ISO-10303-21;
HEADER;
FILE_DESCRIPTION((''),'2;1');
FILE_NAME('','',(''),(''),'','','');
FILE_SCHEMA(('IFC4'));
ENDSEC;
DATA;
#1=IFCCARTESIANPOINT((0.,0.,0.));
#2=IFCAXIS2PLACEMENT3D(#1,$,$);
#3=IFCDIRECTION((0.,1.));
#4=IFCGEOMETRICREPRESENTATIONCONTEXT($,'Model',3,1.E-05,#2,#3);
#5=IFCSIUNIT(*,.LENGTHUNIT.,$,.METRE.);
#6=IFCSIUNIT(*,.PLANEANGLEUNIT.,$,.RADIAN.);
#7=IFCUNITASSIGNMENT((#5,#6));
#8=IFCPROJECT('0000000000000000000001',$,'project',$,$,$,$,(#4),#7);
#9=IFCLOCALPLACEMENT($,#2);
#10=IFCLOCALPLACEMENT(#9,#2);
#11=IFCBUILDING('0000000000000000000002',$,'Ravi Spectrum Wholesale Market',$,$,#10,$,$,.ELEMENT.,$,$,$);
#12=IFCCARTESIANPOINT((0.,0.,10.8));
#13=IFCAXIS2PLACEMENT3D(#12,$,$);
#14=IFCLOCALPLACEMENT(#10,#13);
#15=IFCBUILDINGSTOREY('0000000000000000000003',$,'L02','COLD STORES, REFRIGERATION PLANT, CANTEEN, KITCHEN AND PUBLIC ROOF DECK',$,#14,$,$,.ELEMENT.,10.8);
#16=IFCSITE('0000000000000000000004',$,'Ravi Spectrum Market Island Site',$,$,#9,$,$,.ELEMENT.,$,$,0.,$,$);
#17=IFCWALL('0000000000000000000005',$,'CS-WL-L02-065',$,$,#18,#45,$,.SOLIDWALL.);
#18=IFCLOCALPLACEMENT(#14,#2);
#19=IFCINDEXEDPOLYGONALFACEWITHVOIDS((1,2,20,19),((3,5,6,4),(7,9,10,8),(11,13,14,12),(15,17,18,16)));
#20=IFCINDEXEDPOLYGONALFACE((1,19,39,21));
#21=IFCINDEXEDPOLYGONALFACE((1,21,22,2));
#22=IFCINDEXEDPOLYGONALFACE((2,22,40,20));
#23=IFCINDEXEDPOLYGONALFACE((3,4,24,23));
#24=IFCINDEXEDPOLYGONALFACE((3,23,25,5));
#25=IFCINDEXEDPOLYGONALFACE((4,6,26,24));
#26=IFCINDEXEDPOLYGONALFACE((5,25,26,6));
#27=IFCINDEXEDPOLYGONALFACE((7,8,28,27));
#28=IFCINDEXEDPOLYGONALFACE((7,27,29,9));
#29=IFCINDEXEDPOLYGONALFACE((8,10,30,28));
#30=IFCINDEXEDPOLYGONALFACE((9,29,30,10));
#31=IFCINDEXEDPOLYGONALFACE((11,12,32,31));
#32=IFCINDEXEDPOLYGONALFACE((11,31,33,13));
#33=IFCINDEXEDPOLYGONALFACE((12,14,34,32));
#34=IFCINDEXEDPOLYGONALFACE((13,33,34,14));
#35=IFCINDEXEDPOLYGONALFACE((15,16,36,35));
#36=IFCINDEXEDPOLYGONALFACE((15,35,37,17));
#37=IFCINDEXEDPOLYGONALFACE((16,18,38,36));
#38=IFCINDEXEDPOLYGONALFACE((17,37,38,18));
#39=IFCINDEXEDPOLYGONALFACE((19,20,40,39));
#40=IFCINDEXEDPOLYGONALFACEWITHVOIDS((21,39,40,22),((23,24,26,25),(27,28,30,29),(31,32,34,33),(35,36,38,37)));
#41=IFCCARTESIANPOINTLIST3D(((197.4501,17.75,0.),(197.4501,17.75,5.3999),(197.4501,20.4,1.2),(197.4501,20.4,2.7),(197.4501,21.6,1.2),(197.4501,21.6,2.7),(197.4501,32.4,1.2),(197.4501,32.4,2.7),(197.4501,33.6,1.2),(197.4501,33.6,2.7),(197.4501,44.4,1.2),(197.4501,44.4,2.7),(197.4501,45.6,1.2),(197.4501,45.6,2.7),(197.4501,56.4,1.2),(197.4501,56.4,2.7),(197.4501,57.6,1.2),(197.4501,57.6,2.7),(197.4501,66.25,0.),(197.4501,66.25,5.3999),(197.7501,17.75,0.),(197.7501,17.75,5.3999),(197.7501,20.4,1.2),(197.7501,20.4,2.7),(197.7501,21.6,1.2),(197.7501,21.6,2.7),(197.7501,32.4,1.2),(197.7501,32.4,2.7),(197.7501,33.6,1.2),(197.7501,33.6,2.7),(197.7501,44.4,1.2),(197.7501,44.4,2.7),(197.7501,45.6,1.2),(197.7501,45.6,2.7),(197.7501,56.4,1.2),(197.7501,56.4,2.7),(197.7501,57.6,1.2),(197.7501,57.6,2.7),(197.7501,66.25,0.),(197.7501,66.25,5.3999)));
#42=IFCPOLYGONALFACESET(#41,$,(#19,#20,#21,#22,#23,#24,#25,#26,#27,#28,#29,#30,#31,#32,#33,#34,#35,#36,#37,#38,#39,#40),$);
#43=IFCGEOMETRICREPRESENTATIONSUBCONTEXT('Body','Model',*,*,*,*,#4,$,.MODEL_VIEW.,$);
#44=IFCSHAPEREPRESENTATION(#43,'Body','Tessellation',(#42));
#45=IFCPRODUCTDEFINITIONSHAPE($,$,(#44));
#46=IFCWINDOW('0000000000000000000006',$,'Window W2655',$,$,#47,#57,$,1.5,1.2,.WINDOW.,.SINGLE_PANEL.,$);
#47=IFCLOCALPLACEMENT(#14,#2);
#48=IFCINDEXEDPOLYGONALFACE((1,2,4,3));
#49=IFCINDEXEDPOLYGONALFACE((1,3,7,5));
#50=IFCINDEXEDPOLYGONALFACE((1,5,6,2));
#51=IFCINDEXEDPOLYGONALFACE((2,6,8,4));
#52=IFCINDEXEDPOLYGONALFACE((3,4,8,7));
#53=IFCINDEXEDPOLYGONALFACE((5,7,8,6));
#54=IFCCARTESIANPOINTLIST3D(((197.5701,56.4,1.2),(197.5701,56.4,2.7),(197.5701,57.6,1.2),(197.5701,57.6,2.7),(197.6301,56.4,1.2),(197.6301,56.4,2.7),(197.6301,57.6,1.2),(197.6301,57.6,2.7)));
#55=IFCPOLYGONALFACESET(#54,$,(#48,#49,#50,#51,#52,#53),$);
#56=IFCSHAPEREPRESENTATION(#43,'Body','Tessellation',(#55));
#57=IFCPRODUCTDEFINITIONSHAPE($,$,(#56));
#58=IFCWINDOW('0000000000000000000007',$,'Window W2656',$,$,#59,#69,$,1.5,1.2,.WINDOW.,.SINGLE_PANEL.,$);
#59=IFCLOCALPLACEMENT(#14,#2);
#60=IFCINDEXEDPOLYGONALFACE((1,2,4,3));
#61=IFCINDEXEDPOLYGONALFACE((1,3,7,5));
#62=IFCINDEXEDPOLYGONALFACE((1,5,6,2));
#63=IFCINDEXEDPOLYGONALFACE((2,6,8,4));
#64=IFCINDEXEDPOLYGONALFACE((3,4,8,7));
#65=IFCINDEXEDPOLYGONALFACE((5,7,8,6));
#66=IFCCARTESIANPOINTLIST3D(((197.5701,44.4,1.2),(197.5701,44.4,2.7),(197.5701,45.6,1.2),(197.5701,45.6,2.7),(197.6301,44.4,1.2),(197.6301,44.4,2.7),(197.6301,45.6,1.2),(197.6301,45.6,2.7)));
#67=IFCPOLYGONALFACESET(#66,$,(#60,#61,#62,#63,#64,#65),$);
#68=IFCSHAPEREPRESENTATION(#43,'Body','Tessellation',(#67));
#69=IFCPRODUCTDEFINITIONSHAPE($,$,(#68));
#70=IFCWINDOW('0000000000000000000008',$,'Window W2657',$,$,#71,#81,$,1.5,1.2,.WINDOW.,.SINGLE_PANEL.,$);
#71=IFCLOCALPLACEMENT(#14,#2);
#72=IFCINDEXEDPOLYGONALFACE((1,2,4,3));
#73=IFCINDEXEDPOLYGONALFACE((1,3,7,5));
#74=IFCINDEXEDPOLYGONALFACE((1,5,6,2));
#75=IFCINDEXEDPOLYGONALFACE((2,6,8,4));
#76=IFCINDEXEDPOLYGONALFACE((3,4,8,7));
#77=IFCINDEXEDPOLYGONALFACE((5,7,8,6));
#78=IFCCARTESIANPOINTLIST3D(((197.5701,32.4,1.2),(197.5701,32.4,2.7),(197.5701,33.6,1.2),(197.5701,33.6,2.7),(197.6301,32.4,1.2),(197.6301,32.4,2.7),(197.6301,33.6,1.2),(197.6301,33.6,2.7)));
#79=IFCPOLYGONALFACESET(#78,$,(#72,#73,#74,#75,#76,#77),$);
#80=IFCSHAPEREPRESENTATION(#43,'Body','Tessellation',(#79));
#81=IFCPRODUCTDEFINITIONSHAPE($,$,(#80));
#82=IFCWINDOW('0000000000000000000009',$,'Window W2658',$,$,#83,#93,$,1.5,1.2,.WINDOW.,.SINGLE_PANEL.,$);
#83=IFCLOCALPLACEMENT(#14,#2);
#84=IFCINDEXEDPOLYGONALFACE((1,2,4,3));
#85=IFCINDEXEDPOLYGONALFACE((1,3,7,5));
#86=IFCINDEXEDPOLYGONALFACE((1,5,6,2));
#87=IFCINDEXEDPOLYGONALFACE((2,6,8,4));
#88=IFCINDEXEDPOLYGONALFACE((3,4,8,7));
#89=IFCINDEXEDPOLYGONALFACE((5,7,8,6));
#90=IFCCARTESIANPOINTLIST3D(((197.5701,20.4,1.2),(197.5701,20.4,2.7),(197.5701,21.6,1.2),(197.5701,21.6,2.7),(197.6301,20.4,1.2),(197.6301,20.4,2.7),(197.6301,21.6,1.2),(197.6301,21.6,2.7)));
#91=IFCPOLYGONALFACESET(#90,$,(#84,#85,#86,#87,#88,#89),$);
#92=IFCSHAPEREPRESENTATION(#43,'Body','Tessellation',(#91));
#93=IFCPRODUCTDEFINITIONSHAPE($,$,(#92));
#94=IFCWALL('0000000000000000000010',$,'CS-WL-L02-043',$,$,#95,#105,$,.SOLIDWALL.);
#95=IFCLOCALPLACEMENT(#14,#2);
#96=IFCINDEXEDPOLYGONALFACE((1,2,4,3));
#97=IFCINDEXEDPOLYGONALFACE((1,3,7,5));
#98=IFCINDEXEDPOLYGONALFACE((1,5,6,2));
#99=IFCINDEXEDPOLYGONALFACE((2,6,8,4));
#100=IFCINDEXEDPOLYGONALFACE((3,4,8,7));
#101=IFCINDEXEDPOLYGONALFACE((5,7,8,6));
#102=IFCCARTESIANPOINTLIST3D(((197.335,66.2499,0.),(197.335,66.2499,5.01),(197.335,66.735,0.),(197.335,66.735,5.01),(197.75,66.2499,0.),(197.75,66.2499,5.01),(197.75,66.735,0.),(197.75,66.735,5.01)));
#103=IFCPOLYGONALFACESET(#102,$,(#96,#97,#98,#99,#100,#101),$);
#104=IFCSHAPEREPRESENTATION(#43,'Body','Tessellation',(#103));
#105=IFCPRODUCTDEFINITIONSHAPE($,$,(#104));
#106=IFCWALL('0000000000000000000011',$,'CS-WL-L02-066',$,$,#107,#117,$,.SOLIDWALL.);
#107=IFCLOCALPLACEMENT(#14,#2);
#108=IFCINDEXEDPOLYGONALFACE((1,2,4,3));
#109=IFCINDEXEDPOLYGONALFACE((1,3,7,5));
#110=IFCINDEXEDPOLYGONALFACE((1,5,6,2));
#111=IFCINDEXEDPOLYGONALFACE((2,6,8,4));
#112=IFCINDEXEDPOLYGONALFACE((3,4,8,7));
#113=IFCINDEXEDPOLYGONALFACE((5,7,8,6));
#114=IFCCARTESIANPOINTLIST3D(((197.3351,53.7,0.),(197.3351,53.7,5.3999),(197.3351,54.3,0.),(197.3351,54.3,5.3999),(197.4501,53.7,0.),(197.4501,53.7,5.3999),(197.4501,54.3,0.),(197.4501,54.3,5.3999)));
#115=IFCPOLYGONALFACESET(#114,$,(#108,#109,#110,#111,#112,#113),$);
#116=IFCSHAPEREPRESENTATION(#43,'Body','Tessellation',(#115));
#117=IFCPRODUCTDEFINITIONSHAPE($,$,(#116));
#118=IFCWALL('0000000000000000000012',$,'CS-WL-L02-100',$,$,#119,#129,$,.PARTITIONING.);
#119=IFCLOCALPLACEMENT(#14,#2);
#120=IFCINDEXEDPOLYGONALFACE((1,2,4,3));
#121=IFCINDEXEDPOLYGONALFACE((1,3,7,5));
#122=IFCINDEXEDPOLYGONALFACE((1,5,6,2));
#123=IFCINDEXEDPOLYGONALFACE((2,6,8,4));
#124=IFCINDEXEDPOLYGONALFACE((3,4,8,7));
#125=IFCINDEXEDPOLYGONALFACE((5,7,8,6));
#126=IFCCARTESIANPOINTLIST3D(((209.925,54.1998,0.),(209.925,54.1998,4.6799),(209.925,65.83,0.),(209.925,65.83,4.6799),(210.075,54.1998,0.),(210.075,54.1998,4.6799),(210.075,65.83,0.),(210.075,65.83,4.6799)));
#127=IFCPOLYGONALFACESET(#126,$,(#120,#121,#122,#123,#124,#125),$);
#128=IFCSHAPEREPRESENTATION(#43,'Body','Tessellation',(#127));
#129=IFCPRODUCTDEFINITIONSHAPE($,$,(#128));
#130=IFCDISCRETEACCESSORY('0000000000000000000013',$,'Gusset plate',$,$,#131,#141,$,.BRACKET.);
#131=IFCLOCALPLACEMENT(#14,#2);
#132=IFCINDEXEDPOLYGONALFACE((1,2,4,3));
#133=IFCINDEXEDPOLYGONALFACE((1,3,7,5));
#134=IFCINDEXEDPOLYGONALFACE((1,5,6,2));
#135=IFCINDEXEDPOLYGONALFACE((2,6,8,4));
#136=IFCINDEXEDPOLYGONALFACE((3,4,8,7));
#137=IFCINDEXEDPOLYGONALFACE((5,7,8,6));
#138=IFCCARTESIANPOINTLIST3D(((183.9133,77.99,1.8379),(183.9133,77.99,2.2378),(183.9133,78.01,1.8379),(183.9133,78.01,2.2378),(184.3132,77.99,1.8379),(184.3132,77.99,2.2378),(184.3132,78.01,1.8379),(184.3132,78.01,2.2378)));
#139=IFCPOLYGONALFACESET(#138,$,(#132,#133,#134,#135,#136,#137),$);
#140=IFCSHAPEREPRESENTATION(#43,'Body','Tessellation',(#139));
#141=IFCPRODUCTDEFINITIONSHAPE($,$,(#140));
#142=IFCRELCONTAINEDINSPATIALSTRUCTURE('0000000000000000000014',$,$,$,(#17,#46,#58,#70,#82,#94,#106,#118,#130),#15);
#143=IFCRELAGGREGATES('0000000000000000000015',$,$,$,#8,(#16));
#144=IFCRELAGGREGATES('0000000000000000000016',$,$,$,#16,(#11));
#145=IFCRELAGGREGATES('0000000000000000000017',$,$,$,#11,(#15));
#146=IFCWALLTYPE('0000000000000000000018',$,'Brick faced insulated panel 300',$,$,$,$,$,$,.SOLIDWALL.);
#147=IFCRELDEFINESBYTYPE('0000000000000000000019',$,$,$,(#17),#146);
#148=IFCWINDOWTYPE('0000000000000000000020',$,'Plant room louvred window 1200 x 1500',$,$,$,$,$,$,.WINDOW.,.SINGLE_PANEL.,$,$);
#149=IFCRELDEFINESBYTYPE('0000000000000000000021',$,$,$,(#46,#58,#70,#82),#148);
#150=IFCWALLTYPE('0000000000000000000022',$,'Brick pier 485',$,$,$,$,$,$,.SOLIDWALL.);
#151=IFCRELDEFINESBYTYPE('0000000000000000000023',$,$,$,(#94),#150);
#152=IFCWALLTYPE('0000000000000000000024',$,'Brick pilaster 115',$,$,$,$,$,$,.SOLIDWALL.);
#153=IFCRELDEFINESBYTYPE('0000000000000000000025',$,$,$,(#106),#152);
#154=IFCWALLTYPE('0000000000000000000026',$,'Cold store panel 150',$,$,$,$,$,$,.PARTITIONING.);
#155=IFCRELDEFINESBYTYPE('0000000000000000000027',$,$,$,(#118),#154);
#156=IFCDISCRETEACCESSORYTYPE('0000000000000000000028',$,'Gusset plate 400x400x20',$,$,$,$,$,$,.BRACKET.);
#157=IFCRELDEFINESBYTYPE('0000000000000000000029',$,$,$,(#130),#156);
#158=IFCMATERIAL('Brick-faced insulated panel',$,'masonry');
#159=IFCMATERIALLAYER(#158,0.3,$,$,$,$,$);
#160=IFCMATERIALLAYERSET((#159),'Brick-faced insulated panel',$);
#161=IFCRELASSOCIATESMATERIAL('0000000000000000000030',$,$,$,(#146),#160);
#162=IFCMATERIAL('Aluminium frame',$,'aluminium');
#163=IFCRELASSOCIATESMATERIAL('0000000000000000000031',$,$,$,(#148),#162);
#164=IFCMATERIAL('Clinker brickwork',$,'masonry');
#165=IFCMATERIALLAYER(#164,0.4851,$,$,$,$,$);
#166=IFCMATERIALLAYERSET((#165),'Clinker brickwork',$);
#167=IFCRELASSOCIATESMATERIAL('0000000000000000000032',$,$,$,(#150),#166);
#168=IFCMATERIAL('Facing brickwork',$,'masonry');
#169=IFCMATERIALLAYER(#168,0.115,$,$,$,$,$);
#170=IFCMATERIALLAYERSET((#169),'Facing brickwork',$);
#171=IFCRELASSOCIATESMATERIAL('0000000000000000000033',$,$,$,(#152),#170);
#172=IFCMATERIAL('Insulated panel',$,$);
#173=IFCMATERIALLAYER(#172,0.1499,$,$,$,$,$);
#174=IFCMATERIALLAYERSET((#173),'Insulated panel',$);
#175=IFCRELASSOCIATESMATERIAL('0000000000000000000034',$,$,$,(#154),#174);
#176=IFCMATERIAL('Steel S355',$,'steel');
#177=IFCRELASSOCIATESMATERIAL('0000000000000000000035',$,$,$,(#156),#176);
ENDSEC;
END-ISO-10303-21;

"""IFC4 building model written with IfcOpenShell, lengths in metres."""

from ifc_helpers import new_model, si_unit, direction, frame, frame_2d, origin, origin_2d, place, context, subcontext, project, spatial, rectangle, extrude, material, layer, layer_set, material_profile, profile_set, type_object, element, fill, save


model = new_model("IFC4")

# Units and contexts
model_context = context("Model", 3, precision=1e-05, world=origin(), true_north=direction((0.0, 1.0)))
body_context = subcontext(model_context, "Body", "Model", "MODEL_VIEW")
ifc_project = project(units=[si_unit("LENGTHUNIT", "METRE"), si_unit("PLANEANGLEUNIT", "RADIAN")], contexts=[model_context])

# Site, building, storey
site_placement = place(None, origin())
site = spatial("IfcSite", under=ifc_project, at=site_placement, Name="Ravi Spectrum Market Island Site", CompositionType="ELEMENT", RefElevation=0.0)
building_placement = place(site_placement, origin())
building = spatial("IfcBuilding", under=site, at=building_placement, Name="Ravi Spectrum Wholesale Market", CompositionType="ELEMENT")
storey_placement = place(building_placement, frame((0.0, 0.0, 10.8)))
storey = spatial("IfcBuildingStorey", under=building, at=storey_placement, Name="L02", Description="COLD STORES, REFRIGERATION PLANT, CANTEEN, KITCHEN AND PUBLIC ROOF DECK", CompositionType="ELEMENT", Elevation=10.8)

# Wall, openings, windows
ifc_material_1 = material(Name="Brick-faced insulated panel", Category="masonry")
ifc_layer_1 = layer(ifc_material_1, 0.3)
ifc_layer_set_1 = layer_set([ifc_layer_1], Name="Brick-faced insulated panel")
wall_type_1 = type_object("IfcWallType", Name="Brick faced insulated panel 300", PredefinedType="SOLIDWALL", material=ifc_layer_set_1)
wall_1_placement = place(storey_placement, frame((197.6001, 66.25, 0.0), z_axis=(0.0, 0.0, 1.0), x_axis=(0.0, -1.0, 0.0)))
wall_1 = element("IfcWall", 1, at=wall_1_placement, inside=storey, type_object=wall_type_1, Name="CS-WL-L02-065", PredefinedType="SOLIDWALL", context=body_context, shape_type="SweptSolid", body=[
    extrude(rectangle(XDim=48.5, YDim=0.3, at=frame_2d((24.25, 0.0))), origin(), (0.0, 0.0, 1.0), 5.3999),
])
opening_1_placement = place(wall_1_placement, frame((8.6499, 0.0, 1.2)))
opening_1 = element("IfcOpeningElement", 2, at=opening_1_placement, cuts=wall_1, PredefinedType="OPENING", context=body_context, shape_type="SweptSolid", body=[
    extrude(rectangle(XDim=1.2, YDim=1.5, at=frame_2d((0.6001, 0.75))), frame((0.0, 0.1599, 0.0), z_axis=(0.0, -1.0, 0.0), x_axis=(1.0, 0.0, 0.0)), (0.0, 0.0, 1.0), 0.3201),
])
opening_2_placement = place(wall_1_placement, frame((20.6499, 0.0, 1.2)))
opening_2 = element("IfcOpeningElement", 3, at=opening_2_placement, cuts=wall_1, PredefinedType="OPENING", context=body_context, shape_type="SweptSolid", body=[
    extrude(rectangle(XDim=1.2, YDim=1.5, at=frame_2d((0.6001, 0.75))), frame((0.0, 0.1599, 0.0), z_axis=(0.0, -1.0, 0.0), x_axis=(1.0, 0.0, 0.0)), (0.0, 0.0, 1.0), 0.3201),
])
opening_3_placement = place(wall_1_placement, frame((32.6499, 0.0, 1.2)))
opening_3 = element("IfcOpeningElement", 4, at=opening_3_placement, cuts=wall_1, PredefinedType="OPENING", context=body_context, shape_type="SweptSolid", body=[
    extrude(rectangle(XDim=1.2, YDim=1.5, at=frame_2d((0.6001, 0.75))), frame((0.0, 0.1599, 0.0), z_axis=(0.0, -1.0, 0.0), x_axis=(1.0, 0.0, 0.0)), (0.0, 0.0, 1.0), 0.3201),
])
opening_4_placement = place(wall_1_placement, frame((44.6499, 0.0, 1.2)))
opening_4 = element("IfcOpeningElement", 5, at=opening_4_placement, cuts=wall_1, PredefinedType="OPENING", context=body_context, shape_type="SweptSolid", body=[
    extrude(rectangle(XDim=1.2, YDim=1.5, at=frame_2d((0.6001, 0.75))), frame((0.0, 0.1599, 0.0), z_axis=(0.0, -1.0, 0.0), x_axis=(1.0, 0.0, 0.0)), (0.0, 0.0, 1.0), 0.3201),
])
ifc_material_2 = material(Name="Aluminium frame", Category="aluminium")
window_type = type_object("IfcWindowType", Name="Plant room louvred window 1200 x 1500", PartitioningType="SINGLE_PANEL", PredefinedType="WINDOW", material=ifc_material_2)
window_1_placement = place(opening_1_placement, origin())
window_1 = element("IfcWindow", 6, at=window_1_placement, inside=storey, type_object=window_type, Name="Window W2655", OverallHeight=1.5, OverallWidth=1.2, PartitioningType="SINGLE_PANEL", PredefinedType="WINDOW", context=body_context, shape_type="SweptSolid", body=[
    extrude(rectangle(XDim=1.2, YDim=1.5, at=frame_2d((0.6001, 0.75))), frame((0.0, 0.03, 0.0), z_axis=(0.0, -1.0, 0.0), x_axis=(1.0, 0.0, 0.0)), (0.0, 0.0, 1.0), 0.0601),
])
fill(opening_1, window_1)
window_2_placement = place(opening_2_placement, origin())
window_2 = element("IfcWindow", 7, at=window_2_placement, inside=storey, type_object=window_type, Name="Window W2656", OverallHeight=1.5, OverallWidth=1.2, PartitioningType="SINGLE_PANEL", PredefinedType="WINDOW", context=body_context, shape_type="SweptSolid", body=[
    extrude(rectangle(XDim=1.2, YDim=1.5, at=frame_2d((0.6001, 0.75))), frame((0.0, 0.03, 0.0), z_axis=(0.0, -1.0, 0.0), x_axis=(1.0, 0.0, 0.0)), (0.0, 0.0, 1.0), 0.0601),
])
fill(opening_2, window_2)
window_3_placement = place(opening_3_placement, origin())
window_3 = element("IfcWindow", 8, at=window_3_placement, inside=storey, type_object=window_type, Name="Window W2657", OverallHeight=1.5, OverallWidth=1.2, PartitioningType="SINGLE_PANEL", PredefinedType="WINDOW", context=body_context, shape_type="SweptSolid", body=[
    extrude(rectangle(XDim=1.2, YDim=1.5, at=frame_2d((0.6001, 0.75))), frame((0.0, 0.03, 0.0), z_axis=(0.0, -1.0, 0.0), x_axis=(1.0, 0.0, 0.0)), (0.0, 0.0, 1.0), 0.0601),
])
fill(opening_3, window_3)
window_4_placement = place(opening_4_placement, origin())
window_4 = element("IfcWindow", 9, at=window_4_placement, inside=storey, type_object=window_type, Name="Window W2658", OverallHeight=1.5, OverallWidth=1.2, PartitioningType="SINGLE_PANEL", PredefinedType="WINDOW", context=body_context, shape_type="SweptSolid", body=[
    extrude(rectangle(XDim=1.2, YDim=1.5, at=frame_2d((0.6001, 0.75))), frame((0.0, 0.03, 0.0), z_axis=(0.0, -1.0, 0.0), x_axis=(1.0, 0.0, 0.0)), (0.0, 0.0, 1.0), 0.0601),
])
fill(opening_4, window_4)

# Walls
ifc_material_3 = material(Name="Clinker brickwork", Category="masonry")
ifc_layer_2 = layer(ifc_material_3, 0.4851)
ifc_layer_set_2 = layer_set([ifc_layer_2], Name="Clinker brickwork")
wall_type_2 = type_object("IfcWallType", Name="Brick pier 485", PredefinedType="SOLIDWALL", material=ifc_layer_set_2)
wall_2_placement = place(storey_placement, frame((197.75, 66.4924, 0.0), z_axis=(0.0, 0.0, 1.0), x_axis=(-1.0, 0.0, 0.0)))
element("IfcWall", 10, at=wall_2_placement, inside=storey, type_object=wall_type_2, Name="CS-WL-L02-043", PredefinedType="SOLIDWALL", context=body_context, shape_type="SweptSolid", body=[
    extrude(rectangle(XDim=0.415, YDim=0.4851, at=frame_2d((0.2075, 0.0))), origin(), (0.0, 0.0, 1.0), 5.01),
])
ifc_material_4 = material(Name="Facing brickwork", Category="masonry")
ifc_layer_3 = layer(ifc_material_4, 0.115)
ifc_layer_set_3 = layer_set([ifc_layer_3], Name="Facing brickwork")
wall_type_3 = type_object("IfcWallType", Name="Brick pilaster 115", PredefinedType="SOLIDWALL", material=ifc_layer_set_3)
wall_3_placement = place(storey_placement, frame((197.3926, 54.3, 0.0), z_axis=(0.0, 0.0, 1.0), x_axis=(0.0, -1.0, 0.0)))
element("IfcWall", 11, at=wall_3_placement, inside=storey, type_object=wall_type_3, Name="CS-WL-L02-066", PredefinedType="SOLIDWALL", context=body_context, shape_type="SweptSolid", body=[
    extrude(rectangle(XDim=0.6001, YDim=0.115, at=frame_2d((0.3, 0.0))), origin(), (0.0, 0.0, 1.0), 5.3999),
])
ifc_material_5 = material(Name="Insulated panel")
ifc_layer_4 = layer(ifc_material_5, 0.1499)
ifc_layer_set_4 = layer_set([ifc_layer_4], Name="Insulated panel")
wall_type_4 = type_object("IfcWallType", Name="Cold store panel 150", PredefinedType="PARTITIONING", material=ifc_layer_set_4)
wall_4_placement = place(storey_placement, frame((210.0, 54.2, 0.0), z_axis=(0.0, 0.0, 1.0), x_axis=(0.0, 1.0, 0.0)))
element("IfcWall", 12, at=wall_4_placement, inside=storey, type_object=wall_type_4, Name="CS-WL-L02-100", PredefinedType="PARTITIONING", context=body_context, shape_type="SweptSolid", body=[
    extrude(rectangle(XDim=11.6301, YDim=0.1499, at=frame_2d((5.8149, 0.0))), origin(), (0.0, 0.0, 1.0), 4.6799),
])

# Discrete accessory
ifc_material_6 = material(Name="Steel S355", Category="steel")
ifc_material_profile_1 = material_profile(ifc_material_6, rectangle(XDim=0.3999, YDim=0.02, at=origin_2d()))
ifc_profile_set_1 = profile_set([ifc_material_profile_1], Name="Steel S355")
discrete_accessory_type = type_object("IfcDiscreteAccessoryType", Name="Gusset plate 400x400x20", PredefinedType="BRACKET", material=ifc_profile_set_1)
discrete_accessory_placement = place(storey_placement, frame((184.1133, 78.0, 1.8379), z_axis=(0.0, 0.0, 1.0), x_axis=(-1.0, 0.0, 0.0)))
element("IfcDiscreteAccessory", 13, at=discrete_accessory_placement, inside=storey, type_object=discrete_accessory_type, Name="Gusset plate", PredefinedType="BRACKET", context=body_context, shape_type="SweptSolid", body=[
    extrude(rectangle(XDim=0.3999, YDim=0.02, at=origin_2d()), origin(), (0.0, 0.0, 1.0), 0.3999),
])

save(model, "model.ifc")
